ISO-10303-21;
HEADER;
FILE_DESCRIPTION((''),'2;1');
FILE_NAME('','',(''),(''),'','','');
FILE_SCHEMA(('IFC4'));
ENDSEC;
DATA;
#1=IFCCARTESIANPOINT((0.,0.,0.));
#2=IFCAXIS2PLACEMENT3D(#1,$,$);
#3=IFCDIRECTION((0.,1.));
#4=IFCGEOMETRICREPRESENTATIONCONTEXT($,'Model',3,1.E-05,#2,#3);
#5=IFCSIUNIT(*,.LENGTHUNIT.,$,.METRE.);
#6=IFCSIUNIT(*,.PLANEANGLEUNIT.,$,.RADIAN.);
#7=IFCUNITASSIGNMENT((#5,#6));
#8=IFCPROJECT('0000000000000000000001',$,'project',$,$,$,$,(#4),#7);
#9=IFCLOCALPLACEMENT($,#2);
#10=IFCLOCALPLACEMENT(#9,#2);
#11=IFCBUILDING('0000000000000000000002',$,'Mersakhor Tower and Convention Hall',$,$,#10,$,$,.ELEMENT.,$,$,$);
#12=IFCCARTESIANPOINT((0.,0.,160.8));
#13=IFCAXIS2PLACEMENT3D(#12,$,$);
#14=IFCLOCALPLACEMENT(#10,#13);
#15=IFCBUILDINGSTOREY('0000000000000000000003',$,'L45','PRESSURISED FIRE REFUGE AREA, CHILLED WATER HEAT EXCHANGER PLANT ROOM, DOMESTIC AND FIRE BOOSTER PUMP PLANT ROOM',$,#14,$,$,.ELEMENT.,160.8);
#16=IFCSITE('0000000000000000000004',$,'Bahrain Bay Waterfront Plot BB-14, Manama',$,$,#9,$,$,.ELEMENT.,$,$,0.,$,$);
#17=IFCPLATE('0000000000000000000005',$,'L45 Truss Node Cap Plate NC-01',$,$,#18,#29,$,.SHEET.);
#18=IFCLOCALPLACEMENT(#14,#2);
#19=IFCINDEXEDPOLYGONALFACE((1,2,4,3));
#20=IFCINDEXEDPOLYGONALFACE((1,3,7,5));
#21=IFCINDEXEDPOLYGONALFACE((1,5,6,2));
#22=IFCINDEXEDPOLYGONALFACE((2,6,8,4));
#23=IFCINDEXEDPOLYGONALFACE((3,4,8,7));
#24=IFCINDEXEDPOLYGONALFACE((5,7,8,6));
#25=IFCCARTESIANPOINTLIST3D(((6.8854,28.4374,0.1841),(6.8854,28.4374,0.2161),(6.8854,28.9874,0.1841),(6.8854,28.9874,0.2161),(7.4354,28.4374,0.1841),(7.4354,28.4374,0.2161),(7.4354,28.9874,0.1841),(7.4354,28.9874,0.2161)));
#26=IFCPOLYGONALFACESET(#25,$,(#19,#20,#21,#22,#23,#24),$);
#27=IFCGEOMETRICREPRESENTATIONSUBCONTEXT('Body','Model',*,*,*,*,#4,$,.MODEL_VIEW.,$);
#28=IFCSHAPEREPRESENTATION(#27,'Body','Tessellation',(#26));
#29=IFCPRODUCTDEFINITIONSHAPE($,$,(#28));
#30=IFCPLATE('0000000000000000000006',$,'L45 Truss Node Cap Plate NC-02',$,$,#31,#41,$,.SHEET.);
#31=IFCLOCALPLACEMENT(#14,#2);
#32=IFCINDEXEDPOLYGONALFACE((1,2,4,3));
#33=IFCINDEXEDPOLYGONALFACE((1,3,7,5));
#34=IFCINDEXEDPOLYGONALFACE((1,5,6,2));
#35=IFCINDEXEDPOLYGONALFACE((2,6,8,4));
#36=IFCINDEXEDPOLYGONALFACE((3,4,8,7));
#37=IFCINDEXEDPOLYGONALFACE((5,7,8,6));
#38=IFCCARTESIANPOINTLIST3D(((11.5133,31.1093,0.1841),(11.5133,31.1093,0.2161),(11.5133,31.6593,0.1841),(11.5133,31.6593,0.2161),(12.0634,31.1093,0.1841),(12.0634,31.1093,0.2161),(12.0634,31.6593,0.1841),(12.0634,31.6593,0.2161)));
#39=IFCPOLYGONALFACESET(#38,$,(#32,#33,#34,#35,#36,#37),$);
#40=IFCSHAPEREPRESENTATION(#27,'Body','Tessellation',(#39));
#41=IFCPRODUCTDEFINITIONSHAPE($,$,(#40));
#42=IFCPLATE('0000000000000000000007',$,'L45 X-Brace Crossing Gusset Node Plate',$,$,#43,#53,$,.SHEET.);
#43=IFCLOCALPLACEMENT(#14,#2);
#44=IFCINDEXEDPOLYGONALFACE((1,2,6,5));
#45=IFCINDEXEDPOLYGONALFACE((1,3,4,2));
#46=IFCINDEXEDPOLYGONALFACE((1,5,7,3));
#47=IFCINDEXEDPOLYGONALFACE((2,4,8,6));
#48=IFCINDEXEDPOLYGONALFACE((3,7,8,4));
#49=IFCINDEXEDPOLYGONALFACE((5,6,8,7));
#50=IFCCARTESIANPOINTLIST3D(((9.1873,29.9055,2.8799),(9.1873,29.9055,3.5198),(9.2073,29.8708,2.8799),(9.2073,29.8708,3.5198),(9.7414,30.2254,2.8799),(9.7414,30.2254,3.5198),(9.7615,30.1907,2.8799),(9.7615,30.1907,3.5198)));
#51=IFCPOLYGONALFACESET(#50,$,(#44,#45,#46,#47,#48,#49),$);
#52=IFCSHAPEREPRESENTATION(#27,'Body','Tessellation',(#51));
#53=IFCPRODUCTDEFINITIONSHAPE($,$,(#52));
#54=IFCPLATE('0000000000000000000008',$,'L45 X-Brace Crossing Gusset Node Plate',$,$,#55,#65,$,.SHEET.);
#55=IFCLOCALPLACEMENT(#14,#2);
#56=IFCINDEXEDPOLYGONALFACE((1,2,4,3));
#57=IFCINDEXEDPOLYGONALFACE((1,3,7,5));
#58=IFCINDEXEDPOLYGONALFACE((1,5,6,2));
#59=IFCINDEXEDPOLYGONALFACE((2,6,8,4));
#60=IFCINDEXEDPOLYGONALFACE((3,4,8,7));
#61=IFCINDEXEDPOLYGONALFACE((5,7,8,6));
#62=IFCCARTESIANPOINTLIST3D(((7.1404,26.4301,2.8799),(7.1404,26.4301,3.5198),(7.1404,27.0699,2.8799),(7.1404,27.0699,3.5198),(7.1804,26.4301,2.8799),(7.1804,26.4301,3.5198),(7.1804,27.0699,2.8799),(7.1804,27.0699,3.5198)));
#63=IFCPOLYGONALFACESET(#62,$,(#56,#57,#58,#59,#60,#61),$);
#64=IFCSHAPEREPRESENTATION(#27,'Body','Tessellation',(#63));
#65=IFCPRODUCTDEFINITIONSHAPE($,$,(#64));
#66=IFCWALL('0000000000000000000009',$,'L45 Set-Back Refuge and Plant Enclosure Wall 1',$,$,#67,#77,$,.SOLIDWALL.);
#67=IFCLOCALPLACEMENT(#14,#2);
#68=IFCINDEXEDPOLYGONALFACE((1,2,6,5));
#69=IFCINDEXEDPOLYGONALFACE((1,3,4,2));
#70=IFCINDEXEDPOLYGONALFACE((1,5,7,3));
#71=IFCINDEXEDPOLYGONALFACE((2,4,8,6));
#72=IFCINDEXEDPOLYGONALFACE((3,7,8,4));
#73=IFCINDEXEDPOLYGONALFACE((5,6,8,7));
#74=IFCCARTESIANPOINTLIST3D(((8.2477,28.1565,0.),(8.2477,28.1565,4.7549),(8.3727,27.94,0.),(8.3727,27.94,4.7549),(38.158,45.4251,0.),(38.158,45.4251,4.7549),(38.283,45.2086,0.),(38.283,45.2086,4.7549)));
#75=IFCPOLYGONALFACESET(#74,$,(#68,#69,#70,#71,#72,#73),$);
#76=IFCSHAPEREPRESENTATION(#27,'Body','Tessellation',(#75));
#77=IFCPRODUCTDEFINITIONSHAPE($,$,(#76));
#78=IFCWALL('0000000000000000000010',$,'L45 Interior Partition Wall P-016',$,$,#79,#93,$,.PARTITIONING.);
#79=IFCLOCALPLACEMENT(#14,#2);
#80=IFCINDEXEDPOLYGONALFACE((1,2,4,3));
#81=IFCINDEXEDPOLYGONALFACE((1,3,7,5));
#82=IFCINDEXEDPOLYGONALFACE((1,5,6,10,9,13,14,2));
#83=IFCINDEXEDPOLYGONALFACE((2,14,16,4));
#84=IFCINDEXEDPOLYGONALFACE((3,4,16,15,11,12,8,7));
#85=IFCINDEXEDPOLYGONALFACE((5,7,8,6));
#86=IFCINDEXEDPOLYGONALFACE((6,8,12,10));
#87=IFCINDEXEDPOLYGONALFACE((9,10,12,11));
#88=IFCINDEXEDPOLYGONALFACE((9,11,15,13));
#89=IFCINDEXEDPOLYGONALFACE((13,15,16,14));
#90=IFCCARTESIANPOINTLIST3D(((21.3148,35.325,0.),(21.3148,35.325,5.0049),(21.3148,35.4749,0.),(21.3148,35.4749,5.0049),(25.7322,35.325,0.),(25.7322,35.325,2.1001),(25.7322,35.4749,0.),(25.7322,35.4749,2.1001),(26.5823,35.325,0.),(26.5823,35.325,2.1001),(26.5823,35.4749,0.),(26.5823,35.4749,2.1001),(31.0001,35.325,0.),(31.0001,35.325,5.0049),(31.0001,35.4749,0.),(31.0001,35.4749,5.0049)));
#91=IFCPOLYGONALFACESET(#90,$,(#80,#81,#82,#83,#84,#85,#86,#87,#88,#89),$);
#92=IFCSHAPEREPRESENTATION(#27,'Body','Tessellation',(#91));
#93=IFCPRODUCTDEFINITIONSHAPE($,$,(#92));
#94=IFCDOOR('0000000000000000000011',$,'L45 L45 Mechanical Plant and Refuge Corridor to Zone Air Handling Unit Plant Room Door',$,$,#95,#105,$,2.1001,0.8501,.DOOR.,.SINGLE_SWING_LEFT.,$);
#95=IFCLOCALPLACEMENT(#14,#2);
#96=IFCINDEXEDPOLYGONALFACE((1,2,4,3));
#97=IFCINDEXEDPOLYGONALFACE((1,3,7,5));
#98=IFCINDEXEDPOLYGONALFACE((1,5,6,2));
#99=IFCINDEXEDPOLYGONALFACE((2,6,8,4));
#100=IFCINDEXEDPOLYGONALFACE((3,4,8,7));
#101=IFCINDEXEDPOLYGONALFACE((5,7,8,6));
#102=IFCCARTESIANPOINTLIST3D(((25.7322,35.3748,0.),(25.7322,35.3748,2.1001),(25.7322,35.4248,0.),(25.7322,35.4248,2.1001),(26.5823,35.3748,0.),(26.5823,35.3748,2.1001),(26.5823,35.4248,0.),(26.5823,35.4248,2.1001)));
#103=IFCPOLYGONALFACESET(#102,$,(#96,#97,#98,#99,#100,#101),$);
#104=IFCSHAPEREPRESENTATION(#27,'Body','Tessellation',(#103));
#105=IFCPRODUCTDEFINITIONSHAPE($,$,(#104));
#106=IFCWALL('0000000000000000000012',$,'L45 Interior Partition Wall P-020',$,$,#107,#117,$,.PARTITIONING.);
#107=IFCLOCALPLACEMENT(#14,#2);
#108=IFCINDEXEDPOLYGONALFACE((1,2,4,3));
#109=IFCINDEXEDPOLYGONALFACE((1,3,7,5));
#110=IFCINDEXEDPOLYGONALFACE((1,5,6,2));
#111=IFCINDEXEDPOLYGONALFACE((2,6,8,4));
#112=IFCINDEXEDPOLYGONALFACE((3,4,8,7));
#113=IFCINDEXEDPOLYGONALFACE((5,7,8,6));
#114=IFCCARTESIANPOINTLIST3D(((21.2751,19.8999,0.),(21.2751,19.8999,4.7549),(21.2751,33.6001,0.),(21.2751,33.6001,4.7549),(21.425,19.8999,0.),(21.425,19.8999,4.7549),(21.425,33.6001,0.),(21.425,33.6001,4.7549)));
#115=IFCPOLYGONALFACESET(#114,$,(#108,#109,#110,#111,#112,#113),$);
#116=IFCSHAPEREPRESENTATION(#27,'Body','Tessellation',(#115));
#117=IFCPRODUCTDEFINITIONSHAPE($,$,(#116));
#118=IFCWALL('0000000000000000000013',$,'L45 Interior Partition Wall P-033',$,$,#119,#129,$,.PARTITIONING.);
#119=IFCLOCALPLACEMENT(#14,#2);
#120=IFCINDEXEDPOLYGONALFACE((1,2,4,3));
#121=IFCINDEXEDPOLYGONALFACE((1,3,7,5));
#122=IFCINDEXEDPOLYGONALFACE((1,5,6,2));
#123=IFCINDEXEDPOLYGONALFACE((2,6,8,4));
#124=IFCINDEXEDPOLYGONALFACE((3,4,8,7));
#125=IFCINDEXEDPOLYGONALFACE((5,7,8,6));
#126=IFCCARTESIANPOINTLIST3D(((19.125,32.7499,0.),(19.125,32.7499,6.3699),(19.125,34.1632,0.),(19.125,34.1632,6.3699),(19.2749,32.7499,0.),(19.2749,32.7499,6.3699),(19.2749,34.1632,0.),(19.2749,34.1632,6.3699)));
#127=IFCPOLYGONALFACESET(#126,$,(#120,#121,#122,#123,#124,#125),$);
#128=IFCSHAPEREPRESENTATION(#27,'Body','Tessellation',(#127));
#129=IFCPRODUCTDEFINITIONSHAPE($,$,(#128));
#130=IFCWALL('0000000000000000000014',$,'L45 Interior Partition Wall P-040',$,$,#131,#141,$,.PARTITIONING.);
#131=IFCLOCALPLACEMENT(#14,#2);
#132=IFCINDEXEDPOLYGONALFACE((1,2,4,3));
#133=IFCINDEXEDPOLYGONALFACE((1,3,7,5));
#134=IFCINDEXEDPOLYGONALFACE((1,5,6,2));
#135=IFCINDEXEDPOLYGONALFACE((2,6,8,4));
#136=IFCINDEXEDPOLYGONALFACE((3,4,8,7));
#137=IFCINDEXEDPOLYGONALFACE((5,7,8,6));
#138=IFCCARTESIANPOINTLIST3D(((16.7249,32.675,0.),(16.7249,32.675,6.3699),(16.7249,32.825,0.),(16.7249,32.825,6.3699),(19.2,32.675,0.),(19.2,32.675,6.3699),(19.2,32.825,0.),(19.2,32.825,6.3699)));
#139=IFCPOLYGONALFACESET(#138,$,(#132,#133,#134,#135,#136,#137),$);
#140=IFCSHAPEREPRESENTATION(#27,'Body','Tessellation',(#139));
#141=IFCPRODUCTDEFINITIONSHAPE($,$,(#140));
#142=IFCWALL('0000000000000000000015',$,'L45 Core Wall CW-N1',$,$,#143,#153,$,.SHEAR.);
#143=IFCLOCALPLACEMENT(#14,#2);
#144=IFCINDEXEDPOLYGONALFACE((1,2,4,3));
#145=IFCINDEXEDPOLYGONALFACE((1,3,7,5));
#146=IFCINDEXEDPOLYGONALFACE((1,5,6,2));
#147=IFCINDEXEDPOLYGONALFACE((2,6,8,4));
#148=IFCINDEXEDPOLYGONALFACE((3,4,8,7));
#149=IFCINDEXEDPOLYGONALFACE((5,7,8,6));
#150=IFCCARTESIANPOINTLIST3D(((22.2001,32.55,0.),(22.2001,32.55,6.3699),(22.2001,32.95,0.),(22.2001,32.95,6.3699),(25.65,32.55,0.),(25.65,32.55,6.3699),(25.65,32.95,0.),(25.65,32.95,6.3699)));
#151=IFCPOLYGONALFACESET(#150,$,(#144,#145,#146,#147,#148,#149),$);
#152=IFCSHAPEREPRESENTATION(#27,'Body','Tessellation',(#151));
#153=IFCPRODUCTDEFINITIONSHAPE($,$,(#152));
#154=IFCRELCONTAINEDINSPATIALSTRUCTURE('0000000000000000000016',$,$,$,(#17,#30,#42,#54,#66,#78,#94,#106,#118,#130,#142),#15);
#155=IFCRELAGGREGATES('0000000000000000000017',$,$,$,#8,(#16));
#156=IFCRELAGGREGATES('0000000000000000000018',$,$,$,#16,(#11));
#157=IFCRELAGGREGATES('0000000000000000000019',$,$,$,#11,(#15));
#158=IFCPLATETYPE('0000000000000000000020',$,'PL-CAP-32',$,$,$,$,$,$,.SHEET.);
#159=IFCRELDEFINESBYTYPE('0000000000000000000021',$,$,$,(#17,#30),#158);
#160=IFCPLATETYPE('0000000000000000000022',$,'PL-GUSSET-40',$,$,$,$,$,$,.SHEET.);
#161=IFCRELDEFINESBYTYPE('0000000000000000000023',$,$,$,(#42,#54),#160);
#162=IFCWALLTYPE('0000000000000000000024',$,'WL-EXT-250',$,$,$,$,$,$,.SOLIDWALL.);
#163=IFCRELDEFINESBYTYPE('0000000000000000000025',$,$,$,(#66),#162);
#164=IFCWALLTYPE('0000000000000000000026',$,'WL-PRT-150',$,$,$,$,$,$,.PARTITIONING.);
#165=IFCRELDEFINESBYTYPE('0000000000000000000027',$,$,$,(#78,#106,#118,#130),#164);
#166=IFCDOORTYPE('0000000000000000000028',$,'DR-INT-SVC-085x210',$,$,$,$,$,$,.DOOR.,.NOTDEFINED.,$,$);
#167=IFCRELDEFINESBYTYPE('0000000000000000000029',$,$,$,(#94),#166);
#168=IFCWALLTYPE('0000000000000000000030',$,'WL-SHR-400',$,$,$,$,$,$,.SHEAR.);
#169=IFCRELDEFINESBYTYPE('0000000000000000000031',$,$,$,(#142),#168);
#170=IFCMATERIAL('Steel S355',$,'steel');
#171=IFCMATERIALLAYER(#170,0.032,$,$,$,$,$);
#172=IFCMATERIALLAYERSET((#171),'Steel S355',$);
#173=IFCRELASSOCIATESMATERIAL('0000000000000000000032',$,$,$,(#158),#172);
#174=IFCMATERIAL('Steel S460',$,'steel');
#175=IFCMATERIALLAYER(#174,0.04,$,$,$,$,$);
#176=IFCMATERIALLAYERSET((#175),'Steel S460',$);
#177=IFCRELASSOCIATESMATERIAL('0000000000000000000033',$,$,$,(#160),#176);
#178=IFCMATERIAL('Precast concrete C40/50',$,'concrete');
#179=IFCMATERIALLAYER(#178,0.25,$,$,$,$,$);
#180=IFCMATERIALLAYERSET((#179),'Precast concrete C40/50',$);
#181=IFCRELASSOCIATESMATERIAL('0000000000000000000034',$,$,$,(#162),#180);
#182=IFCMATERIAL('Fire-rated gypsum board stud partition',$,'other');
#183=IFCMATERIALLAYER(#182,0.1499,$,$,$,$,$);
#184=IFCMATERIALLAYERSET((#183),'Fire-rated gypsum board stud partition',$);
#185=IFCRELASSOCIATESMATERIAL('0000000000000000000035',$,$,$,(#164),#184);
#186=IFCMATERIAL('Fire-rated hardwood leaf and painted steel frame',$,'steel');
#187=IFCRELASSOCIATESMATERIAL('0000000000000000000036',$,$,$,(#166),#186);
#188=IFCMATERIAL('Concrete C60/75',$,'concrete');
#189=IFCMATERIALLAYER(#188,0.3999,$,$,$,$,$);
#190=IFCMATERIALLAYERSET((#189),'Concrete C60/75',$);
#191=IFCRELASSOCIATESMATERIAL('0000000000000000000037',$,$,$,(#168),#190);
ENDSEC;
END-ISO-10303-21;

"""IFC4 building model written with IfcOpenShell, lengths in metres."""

from ifc_helpers import new_model, si_unit, direction, frame, frame_2d, origin, origin_2d, place, context, subcontext, project, spatial, rectangle, extrude, material, layer, layer_set, type_object, element, fill, save


model = new_model("IFC4")

# Units and contexts
model_context = context("Model", 3, precision=1e-05, world=origin(), true_north=direction((0.0, 1.0)))
body_context = subcontext(model_context, "Body", "Model", "MODEL_VIEW")
ifc_project = project(units=[si_unit("LENGTHUNIT", "METRE"), si_unit("PLANEANGLEUNIT", "RADIAN")], contexts=[model_context])

# Site, building, storey
site_placement = place(None, origin())
site = spatial("IfcSite", under=ifc_project, at=site_placement, Name="Bahrain Bay Waterfront Plot BB-14, Manama", CompositionType="ELEMENT", RefElevation=0.0)
building_placement = place(site_placement, origin())
building = spatial("IfcBuilding", under=site, at=building_placement, Name="Mersakhor Tower and Convention Hall", CompositionType="ELEMENT")
storey_placement = place(building_placement, frame((0.0, 0.0, 160.8)))
storey = spatial("IfcBuildingStorey", under=building, at=storey_placement, Name="L45", Description="PRESSURISED FIRE REFUGE AREA, CHILLED WATER HEAT EXCHANGER PLANT ROOM, DOMESTIC AND FIRE BOOSTER PUMP PLANT ROOM", CompositionType="ELEMENT", Elevation=160.8)

# Plates
ifc_material_1 = material(Name="Steel S355", Category="steel")
ifc_layer_1 = layer(ifc_material_1, 0.032)
ifc_layer_set_1 = layer_set([ifc_layer_1], Name="Steel S355")
plate_type_1 = type_object("IfcPlateType", Name="PL-CAP-32", PredefinedType="SHEET", material=ifc_layer_set_1)
for number, where, z_axis, x_axis, name in (
    (1, (7.1604, 28.7124, 0.1841), (0.0, 0.0, 1.0), (1.0, 0.0, 0.0), "L45 Truss Node Cap Plate NC-01"),
    (2, (11.7883, 31.3843, 0.1841), (0.0, 0.0, 1.0), (1.0, 0.0, 0.0), "L45 Truss Node Cap Plate NC-02"),
):
    element("IfcPlate", number, at=place(storey_placement, frame(where, z_axis=z_axis, x_axis=x_axis)), inside=storey, type_object=plate_type_1, Name=name, PredefinedType="SHEET", context=body_context, shape_type="SweptSolid", body=[
        extrude(rectangle(XDim=0.55, YDim=0.55, at=origin_2d()), origin(), (0.0, 0.0, 1.0), 0.032),
    ])
ifc_material_2 = material(Name="Steel S460", Category="steel")
ifc_layer_2 = layer(ifc_material_2, 0.04)
ifc_layer_set_2 = layer_set([ifc_layer_2], Name="Steel S460")
plate_type_2 = type_object("IfcPlateType", Name="PL-GUSSET-40", PredefinedType="SHEET", material=ifc_layer_set_2)
for number, where, z_axis, x_axis, name in (
    (3, (9.4744, 30.0481, 2.8799), (0.0, 0.0, 1.0), (-0.866025, -0.5, 0.0), "L45 X-Brace Crossing Gusset Node Plate"),
    (4, (7.1604, 26.75, 2.8799), (0.0, 0.0, 1.0), (0.0, -1.0, 0.0), "L45 X-Brace Crossing Gusset Node Plate"),
):
    element("IfcPlate", number, at=place(storey_placement, frame(where, z_axis=z_axis, x_axis=x_axis)), inside=storey, type_object=plate_type_2, Name=name, PredefinedType="SHEET", context=body_context, shape_type="SweptSolid", body=[
        extrude(rectangle(XDim=0.6399, YDim=0.04, at=origin_2d()), origin(), (0.0, 0.0, 1.0), 0.6399),
    ])

# Wall
ifc_material_3 = material(Name="Precast concrete C40/50", Category="concrete")
ifc_layer_3 = layer(ifc_material_3, 0.25)
ifc_layer_set_3 = layer_set([ifc_layer_3], Name="Precast concrete C40/50")
wall_type_1 = type_object("IfcWallType", Name="WL-EXT-250", PredefinedType="SOLIDWALL", material=ifc_layer_set_3)
wall_1_placement = place(storey_placement, frame((8.3103, 28.0483, 0.0), z_axis=(0.0, 0.0, 1.0), x_axis=(0.866026, 0.499998, 0.0)))
element("IfcWall", 5, at=wall_1_placement, inside=storey, type_object=wall_type_1, Name="L45 Set-Back Refuge and Plant Enclosure Wall 1", PredefinedType="SOLIDWALL", context=body_context, shape_type="SweptSolid", body=[
    extrude(rectangle(XDim=34.5374, YDim=0.25, at=frame_2d((17.2686, 0.0))), origin(), (0.0, 0.0, 1.0), 4.7549),
])

# Wall, opening, door
ifc_material_4 = material(Name="Fire-rated gypsum board stud partition", Category="other")
ifc_layer_4 = layer(ifc_material_4, 0.1499)
ifc_layer_set_4 = layer_set([ifc_layer_4], Name="Fire-rated gypsum board stud partition")
wall_type_2 = type_object("IfcWallType", Name="WL-PRT-150", PredefinedType="PARTITIONING", material=ifc_layer_set_4)
wall_2_placement = place(storey_placement, frame((21.3147, 35.3999, 0.0), z_axis=(0.0, 0.0, 1.0), x_axis=(1.0, 0.0, 0.0)))
wall_2 = element("IfcWall", 6, at=wall_2_placement, inside=storey, type_object=wall_type_2, Name="L45 Interior Partition Wall P-016", PredefinedType="PARTITIONING", context=body_context, shape_type="SweptSolid", body=[
    extrude(rectangle(XDim=9.6853, YDim=0.1499, at=frame_2d((4.8428, 0.0))), origin(), (0.0, 0.0, 1.0), 5.0049),
])
opening_placement = place(wall_2_placement, frame((4.4175, 0.0, 0.0)))
opening = element("IfcOpeningElement", 7, at=opening_placement, cuts=wall_2, PredefinedType="OPENING", context=body_context, shape_type="SweptSolid", body=[
    extrude(rectangle(XDim=0.8501, YDim=2.1001, at=frame_2d((0.425, 1.05))), frame((0.0, 0.085, 0.0), z_axis=(0.0, -1.0, 0.0), x_axis=(1.0, 0.0, 0.0)), (0.0, 0.0, 1.0), 0.1699),
])
ifc_material_5 = material(Name="Fire-rated hardwood leaf and painted steel frame", Category="steel")
door_type = type_object("IfcDoorType", Name="DR-INT-SVC-085x210", OperationType="NOTDEFINED", PredefinedType="DOOR", material=ifc_material_5)
door_placement = place(opening_placement, origin())
door = element("IfcDoor", 8, at=door_placement, inside=storey, type_object=door_type, Name="L45 L45 Mechanical Plant and Refuge Corridor to Zone Air Handling Unit Plant Room Door", OperationType="SINGLE_SWING_LEFT", OverallHeight=2.1001, OverallWidth=0.8501, PredefinedType="DOOR", context=body_context, shape_type="SweptSolid", body=[
    extrude(rectangle(XDim=0.8501, YDim=2.1001, at=frame_2d((0.425, 1.05))), frame((0.0, 0.0249, 0.0), z_axis=(0.0, -1.0, 0.0), x_axis=(1.0, 0.0, 0.0)), (0.0, 0.0, 1.0), 0.05),
])
fill(opening, door)

# Walls
wall_3_placement = place(storey_placement, frame((21.3501, 33.6001, 0.0), z_axis=(0.0, 0.0, 1.0), x_axis=(0.0, -1.0, 0.0)))
element("IfcWall", 9, at=wall_3_placement, inside=storey, type_object=wall_type_2, Name="L45 Interior Partition Wall P-020", PredefinedType="PARTITIONING", context=body_context, shape_type="SweptSolid", body=[
    extrude(rectangle(XDim=13.7002, YDim=0.1499, at=frame_2d((6.8501, 0.0))), origin(), (0.0, 0.0, 1.0), 4.7549),
])
wall_4_placement = place(storey_placement, frame((19.2, 32.75, 0.0), z_axis=(0.0, 0.0, 1.0), x_axis=(0.0, 1.0, 0.0)))
element("IfcWall", 10, at=wall_4_placement, inside=storey, type_object=wall_type_2, Name="L45 Interior Partition Wall P-033", PredefinedType="PARTITIONING", context=body_context, shape_type="SweptSolid", body=[
    extrude(rectangle(XDim=1.4133, YDim=0.1499, at=frame_2d((0.7065, 0.0))), origin(), (0.0, 0.0, 1.0), 6.3699),
])
wall_5_placement = place(storey_placement, frame((16.7249, 32.75, 0.0), z_axis=(0.0, 0.0, 1.0), x_axis=(1.0, 0.0, 0.0)))
element("IfcWall", 11, at=wall_5_placement, inside=storey, type_object=wall_type_2, Name="L45 Interior Partition Wall P-040", PredefinedType="PARTITIONING", context=body_context, shape_type="SweptSolid", body=[
    extrude(rectangle(XDim=2.4751, YDim=0.1499, at=frame_2d((1.2375, 0.0))), origin(), (0.0, 0.0, 1.0), 6.3699),
])
ifc_material_6 = material(Name="Concrete C60/75", Category="concrete")
ifc_layer_5 = layer(ifc_material_6, 0.3999)
ifc_layer_set_5 = layer_set([ifc_layer_5], Name="Concrete C60/75")
wall_type_3 = type_object("IfcWallType", Name="WL-SHR-400", PredefinedType="SHEAR", material=ifc_layer_set_5)
wall_6_placement = place(storey_placement, frame((22.2, 32.75, 0.0), z_axis=(0.0, 0.0, 1.0), x_axis=(1.0, 0.0, 0.0)))
element("IfcWall", 12, at=wall_6_placement, inside=storey, type_object=wall_type_3, Name="L45 Core Wall CW-N1", PredefinedType="SHEAR", context=body_context, shape_type="SweptSolid", body=[
    extrude(rectangle(XDim=3.45, YDim=0.3999, at=frame_2d((1.7251, 0.0))), origin(), (0.0, 0.0, 1.0), 6.3699),
])

save(model, "model.ifc")
